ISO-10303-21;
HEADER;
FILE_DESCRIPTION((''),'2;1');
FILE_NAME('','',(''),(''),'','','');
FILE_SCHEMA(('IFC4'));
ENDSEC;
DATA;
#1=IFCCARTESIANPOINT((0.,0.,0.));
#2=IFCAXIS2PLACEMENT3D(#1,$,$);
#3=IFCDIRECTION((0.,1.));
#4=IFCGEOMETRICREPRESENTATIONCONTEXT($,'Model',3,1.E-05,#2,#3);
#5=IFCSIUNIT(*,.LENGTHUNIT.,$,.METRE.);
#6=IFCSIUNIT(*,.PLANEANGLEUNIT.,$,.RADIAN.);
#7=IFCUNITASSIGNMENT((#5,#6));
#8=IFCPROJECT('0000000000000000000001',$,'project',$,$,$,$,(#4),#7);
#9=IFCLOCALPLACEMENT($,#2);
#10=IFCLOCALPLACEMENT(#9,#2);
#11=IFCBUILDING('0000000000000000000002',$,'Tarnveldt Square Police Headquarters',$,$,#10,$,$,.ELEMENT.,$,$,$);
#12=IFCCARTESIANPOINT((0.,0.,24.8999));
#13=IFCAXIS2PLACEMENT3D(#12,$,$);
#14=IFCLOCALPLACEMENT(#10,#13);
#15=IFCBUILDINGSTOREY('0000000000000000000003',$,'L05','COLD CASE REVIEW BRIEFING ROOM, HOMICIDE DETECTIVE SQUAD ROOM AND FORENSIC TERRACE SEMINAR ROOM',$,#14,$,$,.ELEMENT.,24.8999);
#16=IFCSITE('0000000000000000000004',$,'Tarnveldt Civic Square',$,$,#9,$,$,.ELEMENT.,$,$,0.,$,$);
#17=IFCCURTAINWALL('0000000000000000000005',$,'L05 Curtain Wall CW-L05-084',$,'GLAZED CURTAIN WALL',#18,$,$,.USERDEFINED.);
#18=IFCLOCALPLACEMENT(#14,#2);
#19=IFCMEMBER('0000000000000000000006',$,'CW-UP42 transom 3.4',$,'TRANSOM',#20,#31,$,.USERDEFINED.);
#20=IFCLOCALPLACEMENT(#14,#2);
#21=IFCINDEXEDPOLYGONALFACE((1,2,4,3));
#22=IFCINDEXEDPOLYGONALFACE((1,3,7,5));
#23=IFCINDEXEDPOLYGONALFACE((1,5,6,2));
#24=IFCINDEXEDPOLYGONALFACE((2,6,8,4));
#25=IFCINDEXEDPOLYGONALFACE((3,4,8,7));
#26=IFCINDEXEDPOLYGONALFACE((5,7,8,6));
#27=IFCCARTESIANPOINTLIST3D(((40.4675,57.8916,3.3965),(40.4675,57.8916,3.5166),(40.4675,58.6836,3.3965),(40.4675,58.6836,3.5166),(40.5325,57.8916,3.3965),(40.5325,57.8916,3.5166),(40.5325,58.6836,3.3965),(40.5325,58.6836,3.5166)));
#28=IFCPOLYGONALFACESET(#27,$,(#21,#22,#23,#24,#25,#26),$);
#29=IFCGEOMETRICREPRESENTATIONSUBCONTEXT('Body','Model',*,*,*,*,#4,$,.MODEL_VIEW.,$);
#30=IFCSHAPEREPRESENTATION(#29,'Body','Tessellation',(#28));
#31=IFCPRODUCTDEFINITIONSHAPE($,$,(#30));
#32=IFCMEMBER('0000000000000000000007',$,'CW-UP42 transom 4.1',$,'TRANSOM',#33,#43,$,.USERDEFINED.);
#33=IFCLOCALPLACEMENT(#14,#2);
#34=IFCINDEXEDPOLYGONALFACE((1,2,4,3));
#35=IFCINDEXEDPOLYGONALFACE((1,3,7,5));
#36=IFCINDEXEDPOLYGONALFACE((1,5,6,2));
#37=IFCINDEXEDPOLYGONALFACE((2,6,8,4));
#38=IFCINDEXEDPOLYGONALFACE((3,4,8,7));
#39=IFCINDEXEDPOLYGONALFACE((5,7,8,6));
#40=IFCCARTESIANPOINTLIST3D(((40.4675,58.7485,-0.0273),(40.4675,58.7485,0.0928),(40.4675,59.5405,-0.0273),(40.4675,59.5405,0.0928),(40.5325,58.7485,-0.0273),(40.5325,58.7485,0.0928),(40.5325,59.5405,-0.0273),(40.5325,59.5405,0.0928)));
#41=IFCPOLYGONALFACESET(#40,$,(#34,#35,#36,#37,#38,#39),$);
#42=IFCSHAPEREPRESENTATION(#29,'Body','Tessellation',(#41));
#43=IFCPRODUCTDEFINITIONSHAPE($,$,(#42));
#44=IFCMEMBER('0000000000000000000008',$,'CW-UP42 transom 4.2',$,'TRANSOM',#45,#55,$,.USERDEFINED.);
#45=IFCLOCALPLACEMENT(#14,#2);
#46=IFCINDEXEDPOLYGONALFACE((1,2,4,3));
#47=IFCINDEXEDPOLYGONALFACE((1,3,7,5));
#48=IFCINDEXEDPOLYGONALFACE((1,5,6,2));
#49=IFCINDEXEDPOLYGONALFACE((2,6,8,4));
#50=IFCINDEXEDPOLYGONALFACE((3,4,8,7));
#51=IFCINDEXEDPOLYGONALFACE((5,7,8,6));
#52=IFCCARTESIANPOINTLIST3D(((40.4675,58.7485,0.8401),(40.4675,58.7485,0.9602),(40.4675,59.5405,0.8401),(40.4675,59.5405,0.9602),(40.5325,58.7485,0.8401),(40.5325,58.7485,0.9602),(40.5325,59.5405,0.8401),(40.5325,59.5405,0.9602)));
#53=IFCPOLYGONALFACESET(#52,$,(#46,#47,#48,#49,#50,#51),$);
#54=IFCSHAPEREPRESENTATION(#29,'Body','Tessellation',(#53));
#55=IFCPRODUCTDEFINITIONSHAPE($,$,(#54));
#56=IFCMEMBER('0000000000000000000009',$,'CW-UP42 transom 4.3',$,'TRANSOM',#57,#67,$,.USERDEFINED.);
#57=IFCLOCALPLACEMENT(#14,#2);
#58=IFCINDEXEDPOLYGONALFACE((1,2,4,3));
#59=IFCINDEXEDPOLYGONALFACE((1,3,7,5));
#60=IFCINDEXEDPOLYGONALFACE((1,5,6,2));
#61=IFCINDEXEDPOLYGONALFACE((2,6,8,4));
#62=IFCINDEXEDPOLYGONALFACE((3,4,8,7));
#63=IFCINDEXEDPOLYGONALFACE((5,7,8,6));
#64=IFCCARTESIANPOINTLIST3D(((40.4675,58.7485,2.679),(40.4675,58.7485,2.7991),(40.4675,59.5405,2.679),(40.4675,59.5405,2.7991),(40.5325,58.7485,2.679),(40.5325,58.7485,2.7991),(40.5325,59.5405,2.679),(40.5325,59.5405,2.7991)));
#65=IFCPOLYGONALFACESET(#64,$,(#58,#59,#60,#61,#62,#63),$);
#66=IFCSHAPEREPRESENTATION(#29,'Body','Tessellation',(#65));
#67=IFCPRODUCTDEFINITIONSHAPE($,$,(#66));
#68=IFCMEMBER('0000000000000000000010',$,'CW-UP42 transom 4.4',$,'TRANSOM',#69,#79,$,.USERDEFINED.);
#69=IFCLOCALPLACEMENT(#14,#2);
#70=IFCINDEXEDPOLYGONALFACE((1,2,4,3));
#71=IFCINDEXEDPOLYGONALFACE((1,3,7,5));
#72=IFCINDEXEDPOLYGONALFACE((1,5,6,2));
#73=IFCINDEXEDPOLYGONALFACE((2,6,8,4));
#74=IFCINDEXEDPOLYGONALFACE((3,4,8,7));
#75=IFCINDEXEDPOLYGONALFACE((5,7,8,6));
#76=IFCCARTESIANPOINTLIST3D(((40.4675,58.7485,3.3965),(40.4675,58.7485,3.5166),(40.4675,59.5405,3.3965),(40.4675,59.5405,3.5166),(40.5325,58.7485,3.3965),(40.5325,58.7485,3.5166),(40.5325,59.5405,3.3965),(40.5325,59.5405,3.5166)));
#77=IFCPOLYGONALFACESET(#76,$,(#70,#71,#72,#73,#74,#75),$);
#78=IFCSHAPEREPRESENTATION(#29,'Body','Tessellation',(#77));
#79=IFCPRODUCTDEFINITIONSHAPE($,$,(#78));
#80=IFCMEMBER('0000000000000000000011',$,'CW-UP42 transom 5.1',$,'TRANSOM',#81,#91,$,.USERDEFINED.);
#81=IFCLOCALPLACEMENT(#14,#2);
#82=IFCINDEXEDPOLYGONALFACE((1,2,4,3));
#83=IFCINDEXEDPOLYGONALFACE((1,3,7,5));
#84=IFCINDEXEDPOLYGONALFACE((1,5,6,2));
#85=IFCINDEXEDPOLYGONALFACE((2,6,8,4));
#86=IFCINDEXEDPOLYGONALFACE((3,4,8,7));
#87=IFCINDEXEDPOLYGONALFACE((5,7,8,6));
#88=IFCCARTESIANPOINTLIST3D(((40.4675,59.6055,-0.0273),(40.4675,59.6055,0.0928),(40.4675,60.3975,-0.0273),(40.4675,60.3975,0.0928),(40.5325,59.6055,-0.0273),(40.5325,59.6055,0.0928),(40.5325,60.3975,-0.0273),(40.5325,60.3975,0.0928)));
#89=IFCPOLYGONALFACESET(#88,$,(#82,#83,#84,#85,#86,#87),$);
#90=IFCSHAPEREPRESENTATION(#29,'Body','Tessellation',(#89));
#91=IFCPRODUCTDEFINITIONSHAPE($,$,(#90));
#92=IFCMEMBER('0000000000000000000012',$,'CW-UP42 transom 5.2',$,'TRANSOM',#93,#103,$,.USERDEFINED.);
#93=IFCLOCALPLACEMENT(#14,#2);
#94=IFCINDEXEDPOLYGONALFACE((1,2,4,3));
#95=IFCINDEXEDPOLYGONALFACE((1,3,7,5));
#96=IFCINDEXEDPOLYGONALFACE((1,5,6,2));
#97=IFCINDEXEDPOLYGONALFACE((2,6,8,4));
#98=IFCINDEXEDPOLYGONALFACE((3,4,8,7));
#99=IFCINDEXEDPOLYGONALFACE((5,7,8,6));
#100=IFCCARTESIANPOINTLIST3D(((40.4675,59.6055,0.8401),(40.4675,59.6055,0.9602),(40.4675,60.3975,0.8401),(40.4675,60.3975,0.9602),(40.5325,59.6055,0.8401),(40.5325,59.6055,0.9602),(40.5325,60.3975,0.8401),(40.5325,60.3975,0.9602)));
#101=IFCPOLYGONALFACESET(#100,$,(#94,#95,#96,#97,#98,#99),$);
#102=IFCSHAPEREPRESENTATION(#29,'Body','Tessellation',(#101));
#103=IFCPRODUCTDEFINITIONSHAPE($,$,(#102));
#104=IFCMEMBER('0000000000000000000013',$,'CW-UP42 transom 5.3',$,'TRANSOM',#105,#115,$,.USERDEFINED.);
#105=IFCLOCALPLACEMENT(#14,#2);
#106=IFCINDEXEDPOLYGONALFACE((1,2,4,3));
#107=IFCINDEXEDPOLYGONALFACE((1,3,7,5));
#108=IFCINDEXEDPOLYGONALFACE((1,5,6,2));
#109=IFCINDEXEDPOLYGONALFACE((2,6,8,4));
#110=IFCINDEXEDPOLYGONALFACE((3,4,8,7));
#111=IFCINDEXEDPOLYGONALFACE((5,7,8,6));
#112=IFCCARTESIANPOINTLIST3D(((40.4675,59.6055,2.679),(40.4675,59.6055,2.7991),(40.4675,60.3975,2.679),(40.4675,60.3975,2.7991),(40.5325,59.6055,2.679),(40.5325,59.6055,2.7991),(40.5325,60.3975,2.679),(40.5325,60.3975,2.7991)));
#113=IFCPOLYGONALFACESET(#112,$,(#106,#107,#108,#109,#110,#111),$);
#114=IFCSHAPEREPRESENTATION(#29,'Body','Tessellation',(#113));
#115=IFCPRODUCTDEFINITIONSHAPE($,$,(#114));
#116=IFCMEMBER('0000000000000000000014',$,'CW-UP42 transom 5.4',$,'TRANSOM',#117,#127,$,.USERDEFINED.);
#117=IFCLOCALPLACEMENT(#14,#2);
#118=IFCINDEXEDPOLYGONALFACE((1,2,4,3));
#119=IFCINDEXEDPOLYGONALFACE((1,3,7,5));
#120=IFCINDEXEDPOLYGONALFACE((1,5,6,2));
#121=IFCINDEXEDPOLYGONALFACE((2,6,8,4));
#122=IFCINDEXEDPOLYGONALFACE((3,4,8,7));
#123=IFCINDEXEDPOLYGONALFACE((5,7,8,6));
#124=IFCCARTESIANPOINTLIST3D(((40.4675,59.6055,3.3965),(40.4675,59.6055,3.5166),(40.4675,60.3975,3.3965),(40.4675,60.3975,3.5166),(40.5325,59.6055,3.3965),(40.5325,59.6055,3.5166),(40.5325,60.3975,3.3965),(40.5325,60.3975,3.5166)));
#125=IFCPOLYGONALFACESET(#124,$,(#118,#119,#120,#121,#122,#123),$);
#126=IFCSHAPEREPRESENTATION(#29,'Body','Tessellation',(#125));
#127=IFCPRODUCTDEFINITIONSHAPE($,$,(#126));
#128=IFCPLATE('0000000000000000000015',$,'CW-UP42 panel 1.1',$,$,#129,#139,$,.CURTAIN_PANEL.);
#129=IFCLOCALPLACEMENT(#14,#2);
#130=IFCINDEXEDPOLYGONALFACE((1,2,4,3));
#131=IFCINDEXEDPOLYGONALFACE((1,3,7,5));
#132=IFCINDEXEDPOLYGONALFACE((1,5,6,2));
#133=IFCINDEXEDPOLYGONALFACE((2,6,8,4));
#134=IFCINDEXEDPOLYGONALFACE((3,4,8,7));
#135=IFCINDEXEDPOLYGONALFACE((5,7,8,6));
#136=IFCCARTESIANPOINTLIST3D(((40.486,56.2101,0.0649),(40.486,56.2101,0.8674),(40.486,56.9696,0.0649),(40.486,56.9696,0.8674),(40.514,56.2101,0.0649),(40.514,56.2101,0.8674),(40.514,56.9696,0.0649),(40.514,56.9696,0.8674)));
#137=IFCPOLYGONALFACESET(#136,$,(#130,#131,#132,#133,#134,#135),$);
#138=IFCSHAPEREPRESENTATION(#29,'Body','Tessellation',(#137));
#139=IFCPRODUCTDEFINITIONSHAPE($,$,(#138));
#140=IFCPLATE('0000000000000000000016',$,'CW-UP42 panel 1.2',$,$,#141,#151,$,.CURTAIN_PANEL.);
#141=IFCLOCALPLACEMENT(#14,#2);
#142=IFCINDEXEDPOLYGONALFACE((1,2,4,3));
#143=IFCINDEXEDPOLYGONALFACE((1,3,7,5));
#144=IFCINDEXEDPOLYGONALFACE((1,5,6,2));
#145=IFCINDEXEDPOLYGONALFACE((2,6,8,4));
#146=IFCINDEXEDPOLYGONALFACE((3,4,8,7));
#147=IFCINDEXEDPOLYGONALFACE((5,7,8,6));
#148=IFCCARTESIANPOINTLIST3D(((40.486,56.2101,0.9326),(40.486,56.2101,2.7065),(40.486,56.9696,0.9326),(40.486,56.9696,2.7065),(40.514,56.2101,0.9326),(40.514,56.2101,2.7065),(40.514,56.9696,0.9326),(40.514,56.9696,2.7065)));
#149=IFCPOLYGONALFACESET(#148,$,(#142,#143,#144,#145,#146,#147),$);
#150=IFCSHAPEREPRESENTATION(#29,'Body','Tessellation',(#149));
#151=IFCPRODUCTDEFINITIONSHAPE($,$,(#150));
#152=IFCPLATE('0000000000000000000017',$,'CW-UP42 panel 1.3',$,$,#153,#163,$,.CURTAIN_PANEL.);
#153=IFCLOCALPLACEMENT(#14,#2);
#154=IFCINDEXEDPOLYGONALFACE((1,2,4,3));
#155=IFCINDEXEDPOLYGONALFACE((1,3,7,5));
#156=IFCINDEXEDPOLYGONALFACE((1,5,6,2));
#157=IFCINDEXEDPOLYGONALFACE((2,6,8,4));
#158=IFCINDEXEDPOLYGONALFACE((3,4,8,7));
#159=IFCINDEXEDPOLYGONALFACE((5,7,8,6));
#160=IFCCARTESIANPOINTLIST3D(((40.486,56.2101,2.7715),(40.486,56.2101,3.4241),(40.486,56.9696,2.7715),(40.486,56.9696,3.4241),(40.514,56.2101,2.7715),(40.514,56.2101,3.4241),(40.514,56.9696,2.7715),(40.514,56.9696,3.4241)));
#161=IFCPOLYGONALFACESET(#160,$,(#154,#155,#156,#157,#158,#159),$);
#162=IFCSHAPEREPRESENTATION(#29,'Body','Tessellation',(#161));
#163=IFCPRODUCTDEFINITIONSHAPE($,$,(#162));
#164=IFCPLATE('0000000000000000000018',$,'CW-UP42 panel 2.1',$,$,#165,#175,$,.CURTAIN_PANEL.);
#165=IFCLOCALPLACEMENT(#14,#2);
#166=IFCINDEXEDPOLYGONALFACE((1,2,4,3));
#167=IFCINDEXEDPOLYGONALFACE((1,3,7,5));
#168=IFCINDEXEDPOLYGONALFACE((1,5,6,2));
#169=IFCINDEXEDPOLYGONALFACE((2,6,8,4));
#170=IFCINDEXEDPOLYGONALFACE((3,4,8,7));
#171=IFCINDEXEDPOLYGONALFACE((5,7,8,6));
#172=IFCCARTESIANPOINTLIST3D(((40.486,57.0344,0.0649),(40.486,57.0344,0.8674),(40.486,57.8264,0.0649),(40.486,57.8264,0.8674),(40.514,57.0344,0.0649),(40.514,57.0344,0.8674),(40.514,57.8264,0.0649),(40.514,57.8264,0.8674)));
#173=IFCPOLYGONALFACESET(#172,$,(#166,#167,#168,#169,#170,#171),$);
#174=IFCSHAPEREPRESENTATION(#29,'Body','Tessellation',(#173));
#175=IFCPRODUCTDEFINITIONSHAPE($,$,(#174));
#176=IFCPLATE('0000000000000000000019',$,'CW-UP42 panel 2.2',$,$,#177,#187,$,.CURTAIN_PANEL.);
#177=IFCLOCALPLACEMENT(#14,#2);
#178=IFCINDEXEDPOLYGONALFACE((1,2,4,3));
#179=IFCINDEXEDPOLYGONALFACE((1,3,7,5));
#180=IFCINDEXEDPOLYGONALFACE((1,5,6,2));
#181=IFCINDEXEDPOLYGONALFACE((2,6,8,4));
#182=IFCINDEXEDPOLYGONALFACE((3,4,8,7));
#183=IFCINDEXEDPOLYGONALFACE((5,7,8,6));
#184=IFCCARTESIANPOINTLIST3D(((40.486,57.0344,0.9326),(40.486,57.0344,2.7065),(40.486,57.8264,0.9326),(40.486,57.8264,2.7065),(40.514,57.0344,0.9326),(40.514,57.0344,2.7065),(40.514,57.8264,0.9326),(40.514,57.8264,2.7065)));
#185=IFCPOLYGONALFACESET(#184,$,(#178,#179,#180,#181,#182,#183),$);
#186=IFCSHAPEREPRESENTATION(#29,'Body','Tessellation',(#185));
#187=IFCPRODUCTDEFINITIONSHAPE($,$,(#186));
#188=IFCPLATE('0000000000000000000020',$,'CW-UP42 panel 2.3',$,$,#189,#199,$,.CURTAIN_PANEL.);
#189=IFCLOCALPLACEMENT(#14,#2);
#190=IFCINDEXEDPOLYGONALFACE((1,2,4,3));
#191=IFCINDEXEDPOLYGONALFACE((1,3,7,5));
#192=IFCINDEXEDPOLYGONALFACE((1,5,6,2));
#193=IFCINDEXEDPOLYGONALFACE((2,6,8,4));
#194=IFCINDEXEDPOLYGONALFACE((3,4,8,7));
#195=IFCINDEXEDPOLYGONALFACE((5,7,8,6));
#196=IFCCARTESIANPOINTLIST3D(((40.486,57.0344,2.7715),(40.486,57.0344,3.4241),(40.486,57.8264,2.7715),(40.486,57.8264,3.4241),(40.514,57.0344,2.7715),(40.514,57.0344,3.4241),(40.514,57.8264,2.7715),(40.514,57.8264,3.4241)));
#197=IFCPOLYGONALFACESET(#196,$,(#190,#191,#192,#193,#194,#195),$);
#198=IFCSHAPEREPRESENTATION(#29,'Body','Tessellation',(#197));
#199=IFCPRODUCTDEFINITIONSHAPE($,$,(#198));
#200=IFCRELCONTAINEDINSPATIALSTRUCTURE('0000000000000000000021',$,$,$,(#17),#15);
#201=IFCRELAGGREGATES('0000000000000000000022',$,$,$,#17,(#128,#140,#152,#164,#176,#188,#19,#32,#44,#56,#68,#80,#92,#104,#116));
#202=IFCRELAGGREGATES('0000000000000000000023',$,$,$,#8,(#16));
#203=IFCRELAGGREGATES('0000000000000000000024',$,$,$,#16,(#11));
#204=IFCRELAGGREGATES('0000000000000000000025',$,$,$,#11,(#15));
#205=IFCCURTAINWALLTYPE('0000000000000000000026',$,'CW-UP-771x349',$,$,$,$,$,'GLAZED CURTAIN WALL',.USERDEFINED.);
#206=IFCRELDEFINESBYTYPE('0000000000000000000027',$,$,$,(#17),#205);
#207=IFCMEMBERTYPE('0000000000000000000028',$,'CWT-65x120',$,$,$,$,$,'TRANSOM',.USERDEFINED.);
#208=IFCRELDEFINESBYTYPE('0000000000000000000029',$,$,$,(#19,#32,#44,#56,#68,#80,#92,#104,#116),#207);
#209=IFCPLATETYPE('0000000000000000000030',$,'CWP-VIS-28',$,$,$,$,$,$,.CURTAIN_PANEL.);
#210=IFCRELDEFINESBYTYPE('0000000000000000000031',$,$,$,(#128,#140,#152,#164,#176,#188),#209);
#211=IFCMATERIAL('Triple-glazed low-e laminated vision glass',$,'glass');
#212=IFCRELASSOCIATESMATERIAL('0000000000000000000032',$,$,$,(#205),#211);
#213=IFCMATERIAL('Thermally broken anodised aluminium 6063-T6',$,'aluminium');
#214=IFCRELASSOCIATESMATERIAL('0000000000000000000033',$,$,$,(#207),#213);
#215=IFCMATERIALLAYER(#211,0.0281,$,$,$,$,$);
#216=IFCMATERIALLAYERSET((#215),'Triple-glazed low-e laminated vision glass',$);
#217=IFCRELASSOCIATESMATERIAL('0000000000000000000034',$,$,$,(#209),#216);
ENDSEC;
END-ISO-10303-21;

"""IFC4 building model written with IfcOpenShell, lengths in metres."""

from ifc_helpers import new_model, si_unit, direction, frame, origin, origin_2d, place, context, subcontext, project, spatial, rectangle, extrude, material, layer, layer_set, material_profile, profile_set, type_object, element, aggregate, save


model = new_model("IFC4")

# Units and contexts
model_context = context("Model", 3, precision=1e-05, world=origin(), true_north=direction((0.0, 1.0)))
body_context = subcontext(model_context, "Body", "Model", "MODEL_VIEW")
ifc_project = project(units=[si_unit("LENGTHUNIT", "METRE"), si_unit("PLANEANGLEUNIT", "RADIAN")], contexts=[model_context])

# Site, building, storey
site_placement = place(None, origin())
site = spatial("IfcSite", under=ifc_project, at=site_placement, Name="Tarnveldt Civic Square", CompositionType="ELEMENT", RefElevation=0.0)
building_placement = place(site_placement, origin())
building = spatial("IfcBuilding", under=site, at=building_placement, Name="Tarnveldt Square Police Headquarters", CompositionType="ELEMENT")
storey_placement = place(building_placement, frame((0.0, 0.0, 24.8999)))
storey = spatial("IfcBuildingStorey", under=building, at=storey_placement, Name="L05", Description="COLD CASE REVIEW BRIEFING ROOM, HOMICIDE DETECTIVE SQUAD ROOM AND FORENSIC TERRACE SEMINAR ROOM", CompositionType="ELEMENT", Elevation=24.8999)

# Curtain wall, members, plates
ifc_material_1 = material(Name="Triple-glazed low-e laminated vision glass", Category="glass")
curtain_wall_type = type_object("IfcCurtainWallType", Name="CW-UP-771x349", ElementType="GLAZED CURTAIN WALL", PredefinedType="USERDEFINED", material=ifc_material_1)
curtain_wall_placement = place(storey_placement, origin())
curtain_wall = element("IfcCurtainWall", 1, at=curtain_wall_placement, inside=storey, type_object=curtain_wall_type, Name="L05 Curtain Wall CW-L05-084", ObjectType="GLAZED CURTAIN WALL", PredefinedType="USERDEFINED")
ifc_material_2 = material(Name="Thermally broken anodised aluminium 6063-T6", Category="aluminium")
ifc_material_profile_1 = material_profile(ifc_material_2, rectangle(XDim=0.0649, YDim=0.1201, at=origin_2d()), Name="CW-T65x120")
ifc_profile_set_1 = profile_set([ifc_material_profile_1], Name="Thermally broken anodised aluminium 6063-T6")
member_type_1 = type_object("IfcMemberType", Name="CWT-65x120", ElementType="TRANSOM", PredefinedType="USERDEFINED", material=ifc_profile_set_1)
member_1_placement = place(storey_placement, frame((40.5, 57.8916, 3.4565), z_axis=(0.0, 1.0, 0.0), x_axis=(-1.0, 0.0, 0.0)))
member_1 = element("IfcMember", 2, at=member_1_placement, type_object=member_type_1, Name="CW-UP42 transom 3.4", ObjectType="TRANSOM", PredefinedType="USERDEFINED", context=body_context, shape_type="SweptSolid", body=[
    extrude(rectangle(XDim=0.0649, YDim=0.1201, at=origin_2d()), origin(), (0.0, 0.0, 1.0), 0.792),
])
member_2_placement = place(storey_placement, frame((40.5, 58.7485, 0.0327), z_axis=(0.0, 1.0, 0.0), x_axis=(-1.0, 0.0, 0.0)))
member_2 = element("IfcMember", 3, at=member_2_placement, type_object=member_type_1, Name="CW-UP42 transom 4.1", ObjectType="TRANSOM", PredefinedType="USERDEFINED", context=body_context, shape_type="SweptSolid", body=[
    extrude(rectangle(XDim=0.0649, YDim=0.1201, at=origin_2d()), origin(), (0.0, 0.0, 1.0), 0.792),
])
member_3_placement = place(storey_placement, frame((40.5, 58.7485, 0.9001), z_axis=(0.0, 1.0, 0.0), x_axis=(-1.0, 0.0, 0.0)))
member_3 = element("IfcMember", 4, at=member_3_placement, type_object=member_type_1, Name="CW-UP42 transom 4.2", ObjectType="TRANSOM", PredefinedType="USERDEFINED", context=body_context, shape_type="SweptSolid", body=[
    extrude(rectangle(XDim=0.0649, YDim=0.1201, at=origin_2d()), origin(), (0.0, 0.0, 1.0), 0.792),
])
member_4_placement = place(storey_placement, frame((40.5, 58.7485, 2.739), z_axis=(0.0, 1.0, 0.0), x_axis=(-1.0, 0.0, 0.0)))
member_4 = element("IfcMember", 5, at=member_4_placement, type_object=member_type_1, Name="CW-UP42 transom 4.3", ObjectType="TRANSOM", PredefinedType="USERDEFINED", context=body_context, shape_type="SweptSolid", body=[
    extrude(rectangle(XDim=0.0649, YDim=0.1201, at=origin_2d()), origin(), (0.0, 0.0, 1.0), 0.792),
])
member_5_placement = place(storey_placement, frame((40.5, 58.7485, 3.4565), z_axis=(0.0, 1.0, 0.0), x_axis=(-1.0, 0.0, 0.0)))
member_5 = element("IfcMember", 6, at=member_5_placement, type_object=member_type_1, Name="CW-UP42 transom 4.4", ObjectType="TRANSOM", PredefinedType="USERDEFINED", context=body_context, shape_type="SweptSolid", body=[
    extrude(rectangle(XDim=0.0649, YDim=0.1201, at=origin_2d()), origin(), (0.0, 0.0, 1.0), 0.792),
])
member_6_placement = place(storey_placement, frame((40.5, 59.6055, 0.0327), z_axis=(0.0, 1.0, 0.0), x_axis=(-1.0, 0.0, 0.0)))
member_6 = element("IfcMember", 7, at=member_6_placement, type_object=member_type_1, Name="CW-UP42 transom 5.1", ObjectType="TRANSOM", PredefinedType="USERDEFINED", context=body_context, shape_type="SweptSolid", body=[
    extrude(rectangle(XDim=0.0649, YDim=0.1201, at=origin_2d()), origin(), (0.0, 0.0, 1.0), 0.792),
])
member_7_placement = place(storey_placement, frame((40.5, 59.6055, 0.9001), z_axis=(0.0, 1.0, 0.0), x_axis=(-1.0, 0.0, 0.0)))
member_7 = element("IfcMember", 8, at=member_7_placement, type_object=member_type_1, Name="CW-UP42 transom 5.2", ObjectType="TRANSOM", PredefinedType="USERDEFINED", context=body_context, shape_type="SweptSolid", body=[
    extrude(rectangle(XDim=0.0649, YDim=0.1201, at=origin_2d()), origin(), (0.0, 0.0, 1.0), 0.792),
])
member_8_placement = place(storey_placement, frame((40.5, 59.6055, 2.739), z_axis=(0.0, 1.0, 0.0), x_axis=(-1.0, 0.0, 0.0)))
member_8 = element("IfcMember", 9, at=member_8_placement, type_object=member_type_1, Name="CW-UP42 transom 5.3", ObjectType="TRANSOM", PredefinedType="USERDEFINED", context=body_context, shape_type="SweptSolid", body=[
    extrude(rectangle(XDim=0.0649, YDim=0.1201, at=origin_2d()), origin(), (0.0, 0.0, 1.0), 0.792),
])
member_9_placement = place(storey_placement, frame((40.5, 59.6055, 3.4565), z_axis=(0.0, 1.0, 0.0), x_axis=(-1.0, 0.0, 0.0)))
member_9 = element("IfcMember", 10, at=member_9_placement, type_object=member_type_1, Name="CW-UP42 transom 5.4", ObjectType="TRANSOM", PredefinedType="USERDEFINED", context=body_context, shape_type="SweptSolid", body=[
    extrude(rectangle(XDim=0.0649, YDim=0.1201, at=origin_2d()), origin(), (0.0, 0.0, 1.0), 0.792),
])
ifc_layer = layer(ifc_material_1, 0.0281)
ifc_layer_set = layer_set([ifc_layer], Name="Triple-glazed low-e laminated vision glass")
plate_type = type_object("IfcPlateType", Name="CWP-VIS-28", PredefinedType="CURTAIN_PANEL", material=ifc_layer_set)
plate_1_placement = place(storey_placement, frame((40.5, 56.5898, 0.0649), z_axis=(0.0, 0.0, 1.0), x_axis=(0.0, 1.0, 0.0)))
plate_1 = element("IfcPlate", 11, at=plate_1_placement, type_object=plate_type, Name="CW-UP42 panel 1.1", PredefinedType="CURTAIN_PANEL", context=body_context, shape_type="SweptSolid", body=[
    extrude(rectangle(XDim=0.7595, YDim=0.0281, at=origin_2d()), origin(), (0.0, 0.0, 1.0), 0.8025),
])
plate_2_placement = place(storey_placement, frame((40.5, 56.5898, 0.9326), z_axis=(0.0, 0.0, 1.0), x_axis=(0.0, 1.0, 0.0)))
plate_2 = element("IfcPlate", 12, at=plate_2_placement, type_object=plate_type, Name="CW-UP42 panel 1.2", PredefinedType="CURTAIN_PANEL", context=body_context, shape_type="SweptSolid", body=[
    extrude(rectangle(XDim=0.7595, YDim=0.0281, at=origin_2d()), origin(), (0.0, 0.0, 1.0), 1.7739),
])
plate_3_placement = place(storey_placement, frame((40.5, 56.5898, 2.7715), z_axis=(0.0, 0.0, 1.0), x_axis=(0.0, 1.0, 0.0)))
plate_3 = element("IfcPlate", 13, at=plate_3_placement, type_object=plate_type, Name="CW-UP42 panel 1.3", PredefinedType="CURTAIN_PANEL", context=body_context, shape_type="SweptSolid", body=[
    extrude(rectangle(XDim=0.7595, YDim=0.0281, at=origin_2d()), origin(), (0.0, 0.0, 1.0), 0.6526),
])
plate_4_placement = place(storey_placement, frame((40.5, 57.4304, 0.0649), z_axis=(0.0, 0.0, 1.0), x_axis=(0.0, 1.0, 0.0)))
plate_4 = element("IfcPlate", 14, at=plate_4_placement, type_object=plate_type, Name="CW-UP42 panel 2.1", PredefinedType="CURTAIN_PANEL", context=body_context, shape_type="SweptSolid", body=[
    extrude(rectangle(XDim=0.792, YDim=0.0281, at=origin_2d()), origin(), (0.0, 0.0, 1.0), 0.8025),
])
plate_5_placement = place(storey_placement, frame((40.5, 57.4304, 0.9326), z_axis=(0.0, 0.0, 1.0), x_axis=(0.0, 1.0, 0.0)))
plate_5 = element("IfcPlate", 15, at=plate_5_placement, type_object=plate_type, Name="CW-UP42 panel 2.2", PredefinedType="CURTAIN_PANEL", context=body_context, shape_type="SweptSolid", body=[
    extrude(rectangle(XDim=0.792, YDim=0.0281, at=origin_2d()), origin(), (0.0, 0.0, 1.0), 1.7739),
])
plate_6_placement = place(storey_placement, frame((40.5, 57.4304, 2.7715), z_axis=(0.0, 0.0, 1.0), x_axis=(0.0, 1.0, 0.0)))
plate_6 = element("IfcPlate", 16, at=plate_6_placement, type_object=plate_type, Name="CW-UP42 panel 2.3", PredefinedType="CURTAIN_PANEL", context=body_context, shape_type="SweptSolid", body=[
    extrude(rectangle(XDim=0.792, YDim=0.0281, at=origin_2d()), origin(), (0.0, 0.0, 1.0), 0.6526),
])
aggregate(curtain_wall, [plate_1, plate_2, plate_3, plate_4, plate_5, plate_6, member_1, member_2, member_3, member_4, member_5, member_6, member_7, member_8, member_9])

save(model, "model.ifc")
